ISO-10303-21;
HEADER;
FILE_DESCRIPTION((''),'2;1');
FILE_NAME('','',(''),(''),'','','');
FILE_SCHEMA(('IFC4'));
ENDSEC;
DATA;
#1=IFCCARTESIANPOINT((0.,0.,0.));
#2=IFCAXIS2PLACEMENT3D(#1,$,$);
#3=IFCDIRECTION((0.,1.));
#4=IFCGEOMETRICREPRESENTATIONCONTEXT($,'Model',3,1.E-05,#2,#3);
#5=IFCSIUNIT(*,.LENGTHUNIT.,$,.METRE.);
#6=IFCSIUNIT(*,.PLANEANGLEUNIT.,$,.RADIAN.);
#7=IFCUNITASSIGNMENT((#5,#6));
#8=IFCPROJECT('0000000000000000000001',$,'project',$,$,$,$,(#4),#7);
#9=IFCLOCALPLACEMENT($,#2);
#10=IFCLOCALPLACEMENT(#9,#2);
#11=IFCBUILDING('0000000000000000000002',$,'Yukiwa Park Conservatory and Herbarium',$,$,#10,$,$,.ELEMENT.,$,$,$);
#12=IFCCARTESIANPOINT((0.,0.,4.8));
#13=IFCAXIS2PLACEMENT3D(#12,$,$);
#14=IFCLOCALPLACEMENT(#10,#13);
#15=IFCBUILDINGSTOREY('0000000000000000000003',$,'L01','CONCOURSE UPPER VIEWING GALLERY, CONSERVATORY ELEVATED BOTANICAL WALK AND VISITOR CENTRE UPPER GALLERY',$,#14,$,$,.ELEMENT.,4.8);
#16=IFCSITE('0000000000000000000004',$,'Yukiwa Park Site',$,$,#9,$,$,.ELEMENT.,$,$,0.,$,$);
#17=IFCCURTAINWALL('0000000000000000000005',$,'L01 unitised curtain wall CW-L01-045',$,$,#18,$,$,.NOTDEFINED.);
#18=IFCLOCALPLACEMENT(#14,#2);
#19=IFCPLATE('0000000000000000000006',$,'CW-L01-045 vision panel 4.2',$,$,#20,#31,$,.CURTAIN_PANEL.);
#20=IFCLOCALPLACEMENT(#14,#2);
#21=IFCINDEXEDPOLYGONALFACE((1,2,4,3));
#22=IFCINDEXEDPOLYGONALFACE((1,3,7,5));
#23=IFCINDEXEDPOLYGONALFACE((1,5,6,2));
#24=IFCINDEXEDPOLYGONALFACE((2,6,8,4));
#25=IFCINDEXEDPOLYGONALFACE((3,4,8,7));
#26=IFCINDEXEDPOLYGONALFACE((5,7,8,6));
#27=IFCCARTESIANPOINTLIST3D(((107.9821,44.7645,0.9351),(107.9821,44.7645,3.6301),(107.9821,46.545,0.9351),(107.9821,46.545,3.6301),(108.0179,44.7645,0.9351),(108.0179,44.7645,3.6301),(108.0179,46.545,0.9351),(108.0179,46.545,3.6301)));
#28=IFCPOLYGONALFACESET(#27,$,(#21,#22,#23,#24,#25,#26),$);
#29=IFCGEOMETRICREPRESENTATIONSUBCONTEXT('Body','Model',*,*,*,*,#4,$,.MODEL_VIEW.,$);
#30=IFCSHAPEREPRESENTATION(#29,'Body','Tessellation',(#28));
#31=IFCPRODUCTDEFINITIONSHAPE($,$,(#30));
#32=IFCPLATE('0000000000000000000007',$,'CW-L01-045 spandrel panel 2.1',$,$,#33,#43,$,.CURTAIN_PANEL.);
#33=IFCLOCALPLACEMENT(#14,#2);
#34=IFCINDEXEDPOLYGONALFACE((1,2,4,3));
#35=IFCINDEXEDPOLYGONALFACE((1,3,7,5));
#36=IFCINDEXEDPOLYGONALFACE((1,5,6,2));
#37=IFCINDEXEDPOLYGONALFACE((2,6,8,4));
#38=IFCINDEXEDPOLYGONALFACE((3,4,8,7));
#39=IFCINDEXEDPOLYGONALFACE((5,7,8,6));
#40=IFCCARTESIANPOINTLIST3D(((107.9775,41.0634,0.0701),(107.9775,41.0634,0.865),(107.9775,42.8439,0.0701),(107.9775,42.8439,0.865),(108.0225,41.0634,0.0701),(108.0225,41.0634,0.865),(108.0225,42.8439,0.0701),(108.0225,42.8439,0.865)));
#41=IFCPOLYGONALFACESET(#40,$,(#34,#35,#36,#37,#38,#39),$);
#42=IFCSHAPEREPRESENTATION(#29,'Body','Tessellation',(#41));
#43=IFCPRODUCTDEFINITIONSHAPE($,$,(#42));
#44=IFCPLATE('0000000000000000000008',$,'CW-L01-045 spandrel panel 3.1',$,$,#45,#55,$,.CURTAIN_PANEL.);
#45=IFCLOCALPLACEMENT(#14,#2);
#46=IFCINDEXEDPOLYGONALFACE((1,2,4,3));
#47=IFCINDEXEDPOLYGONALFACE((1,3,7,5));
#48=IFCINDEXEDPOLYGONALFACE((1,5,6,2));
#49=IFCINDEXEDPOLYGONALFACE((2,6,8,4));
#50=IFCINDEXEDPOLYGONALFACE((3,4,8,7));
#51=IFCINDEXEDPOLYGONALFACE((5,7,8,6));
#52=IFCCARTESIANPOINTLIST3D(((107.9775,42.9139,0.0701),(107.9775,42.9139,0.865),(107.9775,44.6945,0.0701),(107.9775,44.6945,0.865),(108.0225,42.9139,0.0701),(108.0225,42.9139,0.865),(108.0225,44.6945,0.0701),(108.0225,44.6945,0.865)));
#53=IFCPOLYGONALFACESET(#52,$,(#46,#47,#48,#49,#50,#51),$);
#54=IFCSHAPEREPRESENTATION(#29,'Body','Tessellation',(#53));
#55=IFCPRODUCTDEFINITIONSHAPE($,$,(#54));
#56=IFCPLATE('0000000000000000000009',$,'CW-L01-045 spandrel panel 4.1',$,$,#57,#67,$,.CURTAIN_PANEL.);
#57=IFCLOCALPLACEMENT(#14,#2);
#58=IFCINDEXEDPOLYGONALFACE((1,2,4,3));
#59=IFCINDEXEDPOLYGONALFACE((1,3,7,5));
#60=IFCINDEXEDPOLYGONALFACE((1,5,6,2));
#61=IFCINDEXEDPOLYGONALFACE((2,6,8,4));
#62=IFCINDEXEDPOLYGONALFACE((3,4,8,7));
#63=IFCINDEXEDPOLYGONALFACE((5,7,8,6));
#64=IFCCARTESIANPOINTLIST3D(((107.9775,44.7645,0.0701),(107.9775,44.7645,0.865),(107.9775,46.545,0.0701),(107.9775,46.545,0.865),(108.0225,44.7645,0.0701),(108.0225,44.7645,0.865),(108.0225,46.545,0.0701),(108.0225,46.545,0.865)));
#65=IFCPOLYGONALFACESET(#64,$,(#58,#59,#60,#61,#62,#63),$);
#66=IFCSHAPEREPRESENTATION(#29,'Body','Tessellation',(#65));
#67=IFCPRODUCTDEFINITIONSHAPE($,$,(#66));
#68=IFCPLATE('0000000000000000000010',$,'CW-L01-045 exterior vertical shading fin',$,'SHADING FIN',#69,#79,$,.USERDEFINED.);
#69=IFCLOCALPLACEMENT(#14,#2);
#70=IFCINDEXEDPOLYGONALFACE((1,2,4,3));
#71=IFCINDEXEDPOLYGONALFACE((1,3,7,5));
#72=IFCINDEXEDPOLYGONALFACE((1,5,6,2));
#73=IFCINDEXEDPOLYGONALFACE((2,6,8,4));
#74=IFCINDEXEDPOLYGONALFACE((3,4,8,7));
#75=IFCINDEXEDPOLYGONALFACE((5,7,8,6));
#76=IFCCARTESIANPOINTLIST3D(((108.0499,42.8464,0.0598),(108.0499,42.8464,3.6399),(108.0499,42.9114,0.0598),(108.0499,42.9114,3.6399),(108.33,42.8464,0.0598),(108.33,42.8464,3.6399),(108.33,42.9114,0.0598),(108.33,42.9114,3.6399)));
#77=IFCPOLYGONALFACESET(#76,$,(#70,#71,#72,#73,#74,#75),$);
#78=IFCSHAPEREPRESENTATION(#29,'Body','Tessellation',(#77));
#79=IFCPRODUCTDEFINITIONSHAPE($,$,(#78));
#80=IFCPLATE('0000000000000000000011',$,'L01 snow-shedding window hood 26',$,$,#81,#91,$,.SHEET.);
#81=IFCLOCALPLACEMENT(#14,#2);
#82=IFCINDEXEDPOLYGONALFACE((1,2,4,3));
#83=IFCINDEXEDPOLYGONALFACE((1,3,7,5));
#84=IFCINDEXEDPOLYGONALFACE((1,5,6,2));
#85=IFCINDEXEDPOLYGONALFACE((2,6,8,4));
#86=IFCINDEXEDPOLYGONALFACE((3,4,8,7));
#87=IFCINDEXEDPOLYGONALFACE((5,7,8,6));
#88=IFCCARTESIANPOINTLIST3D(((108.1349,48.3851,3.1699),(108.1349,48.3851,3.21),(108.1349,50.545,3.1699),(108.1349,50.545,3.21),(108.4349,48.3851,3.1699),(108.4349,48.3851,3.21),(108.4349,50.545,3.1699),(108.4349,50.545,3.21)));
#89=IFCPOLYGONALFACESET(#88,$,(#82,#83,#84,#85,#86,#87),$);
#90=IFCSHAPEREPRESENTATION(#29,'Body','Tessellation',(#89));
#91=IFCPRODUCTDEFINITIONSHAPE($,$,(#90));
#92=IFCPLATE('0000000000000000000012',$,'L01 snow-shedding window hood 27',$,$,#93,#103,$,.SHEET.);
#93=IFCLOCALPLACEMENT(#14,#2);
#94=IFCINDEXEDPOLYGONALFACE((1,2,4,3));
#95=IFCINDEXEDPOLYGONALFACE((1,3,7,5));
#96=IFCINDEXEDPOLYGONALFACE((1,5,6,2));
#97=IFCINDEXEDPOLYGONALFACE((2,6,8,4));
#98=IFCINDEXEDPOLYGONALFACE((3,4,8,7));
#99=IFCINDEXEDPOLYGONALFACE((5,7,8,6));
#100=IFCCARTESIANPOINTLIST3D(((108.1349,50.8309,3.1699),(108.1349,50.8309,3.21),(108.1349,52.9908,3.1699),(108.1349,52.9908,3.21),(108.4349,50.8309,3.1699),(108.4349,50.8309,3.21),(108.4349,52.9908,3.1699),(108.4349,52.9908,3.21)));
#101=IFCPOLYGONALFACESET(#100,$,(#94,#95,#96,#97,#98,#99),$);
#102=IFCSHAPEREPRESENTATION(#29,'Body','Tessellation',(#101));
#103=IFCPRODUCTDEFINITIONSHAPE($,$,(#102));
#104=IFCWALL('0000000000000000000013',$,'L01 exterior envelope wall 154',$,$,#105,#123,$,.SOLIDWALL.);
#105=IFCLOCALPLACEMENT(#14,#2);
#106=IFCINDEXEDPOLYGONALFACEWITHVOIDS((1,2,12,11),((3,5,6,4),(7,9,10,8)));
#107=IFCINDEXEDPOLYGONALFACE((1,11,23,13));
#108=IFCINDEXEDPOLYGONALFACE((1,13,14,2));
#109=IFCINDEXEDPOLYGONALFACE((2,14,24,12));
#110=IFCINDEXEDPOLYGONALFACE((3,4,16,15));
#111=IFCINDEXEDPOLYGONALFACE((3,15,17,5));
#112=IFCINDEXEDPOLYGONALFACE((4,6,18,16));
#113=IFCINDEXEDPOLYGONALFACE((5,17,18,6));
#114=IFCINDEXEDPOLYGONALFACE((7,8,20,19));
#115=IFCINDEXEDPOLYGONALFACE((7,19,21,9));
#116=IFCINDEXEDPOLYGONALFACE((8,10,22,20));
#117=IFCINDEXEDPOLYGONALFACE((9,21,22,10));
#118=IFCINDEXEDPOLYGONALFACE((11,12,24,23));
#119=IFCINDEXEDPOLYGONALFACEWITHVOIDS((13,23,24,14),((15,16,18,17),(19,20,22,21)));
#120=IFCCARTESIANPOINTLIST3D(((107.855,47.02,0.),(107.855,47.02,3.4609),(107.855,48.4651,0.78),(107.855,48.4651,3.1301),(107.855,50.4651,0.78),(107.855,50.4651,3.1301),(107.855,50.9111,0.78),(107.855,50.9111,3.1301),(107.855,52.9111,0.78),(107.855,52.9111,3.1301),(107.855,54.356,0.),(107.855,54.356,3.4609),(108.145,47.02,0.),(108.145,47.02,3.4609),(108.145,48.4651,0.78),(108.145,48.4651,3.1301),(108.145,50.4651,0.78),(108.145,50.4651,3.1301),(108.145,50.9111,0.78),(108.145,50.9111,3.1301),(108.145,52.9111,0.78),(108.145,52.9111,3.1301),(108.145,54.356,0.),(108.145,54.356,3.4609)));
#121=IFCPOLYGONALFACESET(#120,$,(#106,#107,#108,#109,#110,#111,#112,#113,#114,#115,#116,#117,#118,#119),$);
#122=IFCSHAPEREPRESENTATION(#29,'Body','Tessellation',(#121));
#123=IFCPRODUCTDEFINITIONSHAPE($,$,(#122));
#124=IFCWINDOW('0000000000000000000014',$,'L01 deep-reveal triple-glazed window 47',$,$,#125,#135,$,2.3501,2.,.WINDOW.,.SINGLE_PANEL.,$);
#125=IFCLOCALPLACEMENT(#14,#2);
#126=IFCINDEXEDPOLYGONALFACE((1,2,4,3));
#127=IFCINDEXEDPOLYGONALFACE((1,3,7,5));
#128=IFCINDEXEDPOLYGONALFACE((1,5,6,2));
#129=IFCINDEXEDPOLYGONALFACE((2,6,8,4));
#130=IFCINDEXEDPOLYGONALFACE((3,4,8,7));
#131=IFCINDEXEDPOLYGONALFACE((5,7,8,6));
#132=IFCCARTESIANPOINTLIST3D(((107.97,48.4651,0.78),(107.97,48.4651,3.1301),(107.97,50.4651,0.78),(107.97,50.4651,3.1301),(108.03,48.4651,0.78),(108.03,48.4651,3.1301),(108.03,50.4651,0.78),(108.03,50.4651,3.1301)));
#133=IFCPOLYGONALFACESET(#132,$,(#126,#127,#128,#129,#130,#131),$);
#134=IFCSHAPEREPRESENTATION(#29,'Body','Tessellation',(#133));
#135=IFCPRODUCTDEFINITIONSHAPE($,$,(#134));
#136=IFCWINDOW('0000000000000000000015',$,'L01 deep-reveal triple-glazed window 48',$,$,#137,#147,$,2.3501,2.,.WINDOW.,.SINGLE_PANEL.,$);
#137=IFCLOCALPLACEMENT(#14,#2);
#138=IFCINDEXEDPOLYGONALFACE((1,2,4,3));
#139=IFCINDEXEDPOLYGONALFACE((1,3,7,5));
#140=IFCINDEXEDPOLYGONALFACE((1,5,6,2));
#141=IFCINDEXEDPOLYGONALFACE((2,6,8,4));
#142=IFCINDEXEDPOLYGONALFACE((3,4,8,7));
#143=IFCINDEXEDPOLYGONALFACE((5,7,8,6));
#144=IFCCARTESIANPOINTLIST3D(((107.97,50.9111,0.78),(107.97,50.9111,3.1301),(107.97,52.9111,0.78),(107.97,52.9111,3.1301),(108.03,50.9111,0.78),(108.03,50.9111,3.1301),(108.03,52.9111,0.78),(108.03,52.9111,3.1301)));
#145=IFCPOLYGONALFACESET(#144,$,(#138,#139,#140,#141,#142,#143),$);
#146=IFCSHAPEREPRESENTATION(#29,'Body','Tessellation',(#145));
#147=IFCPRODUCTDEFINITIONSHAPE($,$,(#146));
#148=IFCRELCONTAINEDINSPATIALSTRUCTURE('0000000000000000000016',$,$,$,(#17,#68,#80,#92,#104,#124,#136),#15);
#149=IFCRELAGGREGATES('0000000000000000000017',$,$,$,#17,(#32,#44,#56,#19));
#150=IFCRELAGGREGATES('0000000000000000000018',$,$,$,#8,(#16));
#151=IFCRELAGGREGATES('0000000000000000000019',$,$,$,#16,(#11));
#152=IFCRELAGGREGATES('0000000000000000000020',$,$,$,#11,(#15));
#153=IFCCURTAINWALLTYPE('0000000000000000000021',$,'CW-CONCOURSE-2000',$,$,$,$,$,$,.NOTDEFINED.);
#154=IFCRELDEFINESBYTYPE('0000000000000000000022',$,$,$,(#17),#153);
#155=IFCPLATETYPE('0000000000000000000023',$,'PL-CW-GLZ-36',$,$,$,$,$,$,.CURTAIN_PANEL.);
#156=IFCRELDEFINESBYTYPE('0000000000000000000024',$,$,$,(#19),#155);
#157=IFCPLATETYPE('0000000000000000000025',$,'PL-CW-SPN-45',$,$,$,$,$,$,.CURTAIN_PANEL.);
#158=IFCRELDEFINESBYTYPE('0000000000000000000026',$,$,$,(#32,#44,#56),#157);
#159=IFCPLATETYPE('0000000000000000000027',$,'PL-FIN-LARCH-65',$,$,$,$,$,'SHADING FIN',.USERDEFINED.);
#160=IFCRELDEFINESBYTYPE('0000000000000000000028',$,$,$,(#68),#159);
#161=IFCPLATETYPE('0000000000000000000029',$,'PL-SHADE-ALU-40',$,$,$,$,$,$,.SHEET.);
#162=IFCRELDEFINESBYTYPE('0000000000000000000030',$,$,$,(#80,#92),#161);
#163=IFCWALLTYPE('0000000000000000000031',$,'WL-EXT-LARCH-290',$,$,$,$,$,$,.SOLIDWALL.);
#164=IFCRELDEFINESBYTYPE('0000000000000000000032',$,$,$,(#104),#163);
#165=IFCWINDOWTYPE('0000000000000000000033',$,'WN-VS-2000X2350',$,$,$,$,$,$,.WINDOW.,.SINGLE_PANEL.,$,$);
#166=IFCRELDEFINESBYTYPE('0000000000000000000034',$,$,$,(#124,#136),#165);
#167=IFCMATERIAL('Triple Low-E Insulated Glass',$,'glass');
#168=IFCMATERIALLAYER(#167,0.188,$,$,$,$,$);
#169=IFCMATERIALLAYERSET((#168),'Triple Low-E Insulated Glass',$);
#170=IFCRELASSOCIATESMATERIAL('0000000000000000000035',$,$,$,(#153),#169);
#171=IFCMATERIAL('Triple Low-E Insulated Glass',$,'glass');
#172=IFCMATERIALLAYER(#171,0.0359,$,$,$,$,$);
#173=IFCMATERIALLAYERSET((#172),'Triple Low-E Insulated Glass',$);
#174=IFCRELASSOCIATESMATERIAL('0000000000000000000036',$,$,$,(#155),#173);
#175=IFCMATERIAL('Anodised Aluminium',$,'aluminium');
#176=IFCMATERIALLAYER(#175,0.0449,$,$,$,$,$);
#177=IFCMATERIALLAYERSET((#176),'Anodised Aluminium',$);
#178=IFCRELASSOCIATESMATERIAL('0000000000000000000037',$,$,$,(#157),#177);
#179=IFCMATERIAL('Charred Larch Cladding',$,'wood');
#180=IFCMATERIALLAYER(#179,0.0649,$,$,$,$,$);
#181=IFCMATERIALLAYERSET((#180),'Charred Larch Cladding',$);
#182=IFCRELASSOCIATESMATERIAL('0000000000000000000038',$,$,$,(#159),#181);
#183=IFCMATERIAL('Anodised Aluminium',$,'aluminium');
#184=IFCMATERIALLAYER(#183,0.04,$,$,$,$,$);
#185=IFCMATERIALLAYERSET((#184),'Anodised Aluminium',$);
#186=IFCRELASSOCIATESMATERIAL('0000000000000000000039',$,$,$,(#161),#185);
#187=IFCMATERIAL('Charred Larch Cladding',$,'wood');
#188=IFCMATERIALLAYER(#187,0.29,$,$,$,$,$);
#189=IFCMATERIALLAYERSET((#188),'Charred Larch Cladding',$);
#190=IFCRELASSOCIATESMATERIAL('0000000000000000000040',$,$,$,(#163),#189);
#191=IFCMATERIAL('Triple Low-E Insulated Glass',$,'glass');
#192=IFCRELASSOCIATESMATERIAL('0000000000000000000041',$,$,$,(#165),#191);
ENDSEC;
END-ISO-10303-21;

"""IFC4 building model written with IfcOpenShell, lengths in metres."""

from ifc_helpers import new_model, si_unit, direction, frame, frame_2d, origin, origin_2d, place, context, subcontext, project, spatial, rectangle, extrude, material, layer, layer_set, type_object, element, fill, aggregate, save


model = new_model("IFC4")

# Units and contexts
model_context = context("Model", 3, precision=1e-05, world=origin(), true_north=direction((0.0, 1.0)))
body_context = subcontext(model_context, "Body", "Model", "MODEL_VIEW")
ifc_project = project(units=[si_unit("LENGTHUNIT", "METRE"), si_unit("PLANEANGLEUNIT", "RADIAN")], contexts=[model_context])

# Site, building, storey
site_placement = place(None, origin())
site = spatial("IfcSite", under=ifc_project, at=site_placement, Name="Yukiwa Park Site", CompositionType="ELEMENT", RefElevation=0.0)
building_placement = place(site_placement, origin())
building = spatial("IfcBuilding", under=site, at=building_placement, Name="Yukiwa Park Conservatory and Herbarium", CompositionType="ELEMENT")
storey_placement = place(building_placement, frame((0.0, 0.0, 4.8)))
storey = spatial("IfcBuildingStorey", under=building, at=storey_placement, Name="L01", Description="CONCOURSE UPPER VIEWING GALLERY, CONSERVATORY ELEVATED BOTANICAL WALK AND VISITOR CENTRE UPPER GALLERY", CompositionType="ELEMENT", Elevation=4.8)

# Curtain wall, plates
ifc_material_1 = material(Name="Triple Low-E Insulated Glass", Category="glass")
ifc_layer_1 = layer(ifc_material_1, 0.188)
ifc_layer_set_1 = layer_set([ifc_layer_1], Name="Triple Low-E Insulated Glass")
curtain_wall_type = type_object("IfcCurtainWallType", Name="CW-CONCOURSE-2000", PredefinedType="NOTDEFINED", material=ifc_layer_set_1)
curtain_wall_placement = place(storey_placement, origin())
curtain_wall = element("IfcCurtainWall", 1, at=curtain_wall_placement, inside=storey, type_object=curtain_wall_type, Name="L01 unitised curtain wall CW-L01-045", PredefinedType="NOTDEFINED")
ifc_material_2 = material(Name="Triple Low-E Insulated Glass", Category="glass")
ifc_layer_2 = layer(ifc_material_2, 0.0359)
ifc_layer_set_2 = layer_set([ifc_layer_2], Name="Triple Low-E Insulated Glass")
plate_type_1 = type_object("IfcPlateType", Name="PL-CW-GLZ-36", PredefinedType="CURTAIN_PANEL", material=ifc_layer_set_2)
plate_1_placement = place(storey_placement, frame((108.0, 45.6548, 0.9351), z_axis=(0.0, 0.0, 1.0), x_axis=(0.0, 1.0, 0.0)))
plate_1 = element("IfcPlate", 2, at=plate_1_placement, type_object=plate_type_1, Name="CW-L01-045 vision panel 4.2", PredefinedType="CURTAIN_PANEL", context=body_context, shape_type="SweptSolid", body=[
    extrude(rectangle(XDim=1.7805, YDim=0.0359, at=origin_2d()), origin(), (0.0, 0.0, 1.0), 2.6951),
])
ifc_material_3 = material(Name="Anodised Aluminium", Category="aluminium")
ifc_layer_3 = layer(ifc_material_3, 0.0449)
ifc_layer_set_3 = layer_set([ifc_layer_3], Name="Anodised Aluminium")
plate_type_2 = type_object("IfcPlateType", Name="PL-CW-SPN-45", PredefinedType="CURTAIN_PANEL", material=ifc_layer_set_3)
plate_2_placement = place(storey_placement, frame((108.0, 41.9536, 0.0701), z_axis=(0.0, 0.0, 1.0), x_axis=(0.0, 1.0, 0.0)))
plate_2 = element("IfcPlate", 3, at=plate_2_placement, type_object=plate_type_2, Name="CW-L01-045 spandrel panel 2.1", PredefinedType="CURTAIN_PANEL", context=body_context, shape_type="SweptSolid", body=[
    extrude(rectangle(XDim=1.7805, YDim=0.0449, at=origin_2d()), origin(), (0.0, 0.0, 1.0), 0.7949),
])
plate_3_placement = place(storey_placement, frame((108.0, 43.8042, 0.0701), z_axis=(0.0, 0.0, 1.0), x_axis=(0.0, 1.0, 0.0)))
plate_3 = element("IfcPlate", 4, at=plate_3_placement, type_object=plate_type_2, Name="CW-L01-045 spandrel panel 3.1", PredefinedType="CURTAIN_PANEL", context=body_context, shape_type="SweptSolid", body=[
    extrude(rectangle(XDim=1.7805, YDim=0.0449, at=origin_2d()), origin(), (0.0, 0.0, 1.0), 0.7949),
])
plate_4_placement = place(storey_placement, frame((108.0, 45.6548, 0.0701), z_axis=(0.0, 0.0, 1.0), x_axis=(0.0, 1.0, 0.0)))
plate_4 = element("IfcPlate", 5, at=plate_4_placement, type_object=plate_type_2, Name="CW-L01-045 spandrel panel 4.1", PredefinedType="CURTAIN_PANEL", context=body_context, shape_type="SweptSolid", body=[
    extrude(rectangle(XDim=1.7805, YDim=0.0449, at=origin_2d()), origin(), (0.0, 0.0, 1.0), 0.7949),
])
aggregate(curtain_wall, [plate_2, plate_3, plate_4, plate_1])

# Plates
ifc_material_4 = material(Name="Charred Larch Cladding", Category="wood")
ifc_layer_4 = layer(ifc_material_4, 0.0649)
ifc_layer_set_4 = layer_set([ifc_layer_4], Name="Charred Larch Cladding")
plate_type_3 = type_object("IfcPlateType", Name="PL-FIN-LARCH-65", ElementType="SHADING FIN", PredefinedType="USERDEFINED", material=ifc_layer_set_4)
plate_5_placement = place(storey_placement, frame((108.1899, 42.8789, 0.0598), z_axis=(0.0, 0.0, 1.0), x_axis=(0.0, 1.0, 0.0)))
element("IfcPlate", 6, at=plate_5_placement, inside=storey, type_object=plate_type_3, Name="CW-L01-045 exterior vertical shading fin", ObjectType="SHADING FIN", PredefinedType="USERDEFINED", context=body_context, shape_type="SweptSolid", body=[
    extrude(rectangle(XDim=0.0649, YDim=0.28, at=origin_2d()), origin(), (0.0, 0.0, 1.0), 3.5801),
])
ifc_material_5 = material(Name="Anodised Aluminium", Category="aluminium")
ifc_layer_5 = layer(ifc_material_5, 0.04)
ifc_layer_set_5 = layer_set([ifc_layer_5], Name="Anodised Aluminium")
plate_type_4 = type_object("IfcPlateType", Name="PL-SHADE-ALU-40", PredefinedType="SHEET", material=ifc_layer_set_5)
for number, where, z_axis, x_axis, name in (
    (7, (108.2849, 49.4651, 3.1699), (0.0, 0.0, 1.0), (0.0, 1.0, 0.0), "L01 snow-shedding window hood 26"),
    (8, (108.2849, 51.9109, 3.1699), (0.0, 0.0, 1.0), (0.0, 1.0, 0.0), "L01 snow-shedding window hood 27"),
):
    element("IfcPlate", number, at=place(storey_placement, frame(where, z_axis=z_axis, x_axis=x_axis)), inside=storey, type_object=plate_type_4, Name=name, PredefinedType="SHEET", context=body_context, shape_type="SweptSolid", body=[
        extrude(rectangle(XDim=2.1599, YDim=0.3, at=origin_2d()), origin(), (0.0, 0.0, 1.0), 0.04),
    ])

# Wall, openings, windows
ifc_material_6 = material(Name="Charred Larch Cladding", Category="wood")
ifc_layer_6 = layer(ifc_material_6, 0.29)
ifc_layer_set_6 = layer_set([ifc_layer_6], Name="Charred Larch Cladding")
wall_type = type_object("IfcWallType", Name="WL-EXT-LARCH-290", PredefinedType="SOLIDWALL", material=ifc_layer_set_6)
wall_placement = place(storey_placement, frame((108.0, 47.02, 0.0), z_axis=(0.0, 0.0, 1.0), x_axis=(0.0, 1.0, 0.0)))
wall = element("IfcWall", 9, at=wall_placement, inside=storey, type_object=wall_type, Name="L01 exterior envelope wall 154", PredefinedType="SOLIDWALL", context=body_context, shape_type="SweptSolid", body=[
    extrude(rectangle(XDim=7.3359, YDim=0.29, at=frame_2d((3.668, 0.0))), origin(), (0.0, 0.0, 1.0), 3.4609),
])
opening_1_placement = place(wall_placement, frame((1.4451, 0.0, 0.78)))
opening_1 = element("IfcOpeningElement", 10, at=opening_1_placement, cuts=wall, PredefinedType="OPENING", context=body_context, shape_type="SweptSolid", body=[
    extrude(rectangle(XDim=2.0, YDim=2.3501, at=frame_2d((1.0, 1.175))), frame((0.0, 0.155, 0.0), z_axis=(0.0, -1.0, 0.0), x_axis=(1.0, 0.0, 0.0)), (0.0, 0.0, 1.0), 0.3101),
])
opening_2_placement = place(wall_placement, frame((3.8911, 0.0, 0.78)))
opening_2 = element("IfcOpeningElement", 11, at=opening_2_placement, cuts=wall, PredefinedType="OPENING", context=body_context, shape_type="SweptSolid", body=[
    extrude(rectangle(XDim=2.0, YDim=2.3501, at=frame_2d((1.0, 1.175))), frame((0.0, 0.155, 0.0), z_axis=(0.0, -1.0, 0.0), x_axis=(1.0, 0.0, 0.0)), (0.0, 0.0, 1.0), 0.3101),
])
ifc_material_7 = material(Name="Triple Low-E Insulated Glass", Category="glass")
window_type = type_object("IfcWindowType", Name="WN-VS-2000X2350", PartitioningType="SINGLE_PANEL", PredefinedType="WINDOW", material=ifc_material_7)
window_1_placement = place(opening_1_placement, origin())
window_1 = element("IfcWindow", 12, at=window_1_placement, inside=storey, type_object=window_type, Name="L01 deep-reveal triple-glazed window 47", OverallHeight=2.3501, OverallWidth=2.0, PartitioningType="SINGLE_PANEL", PredefinedType="WINDOW", context=body_context, shape_type="SweptSolid", body=[
    extrude(rectangle(XDim=2.0, YDim=2.3501, at=frame_2d((1.0, 1.175))), frame((0.0, 0.03, 0.0), z_axis=(0.0, -1.0, 0.0), x_axis=(1.0, 0.0, 0.0)), (0.0, 0.0, 1.0), 0.0601),
])
fill(opening_1, window_1)
window_2_placement = place(opening_2_placement, origin())
window_2 = element("IfcWindow", 13, at=window_2_placement, inside=storey, type_object=window_type, Name="L01 deep-reveal triple-glazed window 48", OverallHeight=2.3501, OverallWidth=2.0, PartitioningType="SINGLE_PANEL", PredefinedType="WINDOW", context=body_context, shape_type="SweptSolid", body=[
    extrude(rectangle(XDim=2.0, YDim=2.3501, at=frame_2d((1.0, 1.175))), frame((0.0, 0.03, 0.0), z_axis=(0.0, -1.0, 0.0), x_axis=(1.0, 0.0, 0.0)), (0.0, 0.0, 1.0), 0.0601),
])
fill(opening_2, window_2)

save(model, "model.ifc")
